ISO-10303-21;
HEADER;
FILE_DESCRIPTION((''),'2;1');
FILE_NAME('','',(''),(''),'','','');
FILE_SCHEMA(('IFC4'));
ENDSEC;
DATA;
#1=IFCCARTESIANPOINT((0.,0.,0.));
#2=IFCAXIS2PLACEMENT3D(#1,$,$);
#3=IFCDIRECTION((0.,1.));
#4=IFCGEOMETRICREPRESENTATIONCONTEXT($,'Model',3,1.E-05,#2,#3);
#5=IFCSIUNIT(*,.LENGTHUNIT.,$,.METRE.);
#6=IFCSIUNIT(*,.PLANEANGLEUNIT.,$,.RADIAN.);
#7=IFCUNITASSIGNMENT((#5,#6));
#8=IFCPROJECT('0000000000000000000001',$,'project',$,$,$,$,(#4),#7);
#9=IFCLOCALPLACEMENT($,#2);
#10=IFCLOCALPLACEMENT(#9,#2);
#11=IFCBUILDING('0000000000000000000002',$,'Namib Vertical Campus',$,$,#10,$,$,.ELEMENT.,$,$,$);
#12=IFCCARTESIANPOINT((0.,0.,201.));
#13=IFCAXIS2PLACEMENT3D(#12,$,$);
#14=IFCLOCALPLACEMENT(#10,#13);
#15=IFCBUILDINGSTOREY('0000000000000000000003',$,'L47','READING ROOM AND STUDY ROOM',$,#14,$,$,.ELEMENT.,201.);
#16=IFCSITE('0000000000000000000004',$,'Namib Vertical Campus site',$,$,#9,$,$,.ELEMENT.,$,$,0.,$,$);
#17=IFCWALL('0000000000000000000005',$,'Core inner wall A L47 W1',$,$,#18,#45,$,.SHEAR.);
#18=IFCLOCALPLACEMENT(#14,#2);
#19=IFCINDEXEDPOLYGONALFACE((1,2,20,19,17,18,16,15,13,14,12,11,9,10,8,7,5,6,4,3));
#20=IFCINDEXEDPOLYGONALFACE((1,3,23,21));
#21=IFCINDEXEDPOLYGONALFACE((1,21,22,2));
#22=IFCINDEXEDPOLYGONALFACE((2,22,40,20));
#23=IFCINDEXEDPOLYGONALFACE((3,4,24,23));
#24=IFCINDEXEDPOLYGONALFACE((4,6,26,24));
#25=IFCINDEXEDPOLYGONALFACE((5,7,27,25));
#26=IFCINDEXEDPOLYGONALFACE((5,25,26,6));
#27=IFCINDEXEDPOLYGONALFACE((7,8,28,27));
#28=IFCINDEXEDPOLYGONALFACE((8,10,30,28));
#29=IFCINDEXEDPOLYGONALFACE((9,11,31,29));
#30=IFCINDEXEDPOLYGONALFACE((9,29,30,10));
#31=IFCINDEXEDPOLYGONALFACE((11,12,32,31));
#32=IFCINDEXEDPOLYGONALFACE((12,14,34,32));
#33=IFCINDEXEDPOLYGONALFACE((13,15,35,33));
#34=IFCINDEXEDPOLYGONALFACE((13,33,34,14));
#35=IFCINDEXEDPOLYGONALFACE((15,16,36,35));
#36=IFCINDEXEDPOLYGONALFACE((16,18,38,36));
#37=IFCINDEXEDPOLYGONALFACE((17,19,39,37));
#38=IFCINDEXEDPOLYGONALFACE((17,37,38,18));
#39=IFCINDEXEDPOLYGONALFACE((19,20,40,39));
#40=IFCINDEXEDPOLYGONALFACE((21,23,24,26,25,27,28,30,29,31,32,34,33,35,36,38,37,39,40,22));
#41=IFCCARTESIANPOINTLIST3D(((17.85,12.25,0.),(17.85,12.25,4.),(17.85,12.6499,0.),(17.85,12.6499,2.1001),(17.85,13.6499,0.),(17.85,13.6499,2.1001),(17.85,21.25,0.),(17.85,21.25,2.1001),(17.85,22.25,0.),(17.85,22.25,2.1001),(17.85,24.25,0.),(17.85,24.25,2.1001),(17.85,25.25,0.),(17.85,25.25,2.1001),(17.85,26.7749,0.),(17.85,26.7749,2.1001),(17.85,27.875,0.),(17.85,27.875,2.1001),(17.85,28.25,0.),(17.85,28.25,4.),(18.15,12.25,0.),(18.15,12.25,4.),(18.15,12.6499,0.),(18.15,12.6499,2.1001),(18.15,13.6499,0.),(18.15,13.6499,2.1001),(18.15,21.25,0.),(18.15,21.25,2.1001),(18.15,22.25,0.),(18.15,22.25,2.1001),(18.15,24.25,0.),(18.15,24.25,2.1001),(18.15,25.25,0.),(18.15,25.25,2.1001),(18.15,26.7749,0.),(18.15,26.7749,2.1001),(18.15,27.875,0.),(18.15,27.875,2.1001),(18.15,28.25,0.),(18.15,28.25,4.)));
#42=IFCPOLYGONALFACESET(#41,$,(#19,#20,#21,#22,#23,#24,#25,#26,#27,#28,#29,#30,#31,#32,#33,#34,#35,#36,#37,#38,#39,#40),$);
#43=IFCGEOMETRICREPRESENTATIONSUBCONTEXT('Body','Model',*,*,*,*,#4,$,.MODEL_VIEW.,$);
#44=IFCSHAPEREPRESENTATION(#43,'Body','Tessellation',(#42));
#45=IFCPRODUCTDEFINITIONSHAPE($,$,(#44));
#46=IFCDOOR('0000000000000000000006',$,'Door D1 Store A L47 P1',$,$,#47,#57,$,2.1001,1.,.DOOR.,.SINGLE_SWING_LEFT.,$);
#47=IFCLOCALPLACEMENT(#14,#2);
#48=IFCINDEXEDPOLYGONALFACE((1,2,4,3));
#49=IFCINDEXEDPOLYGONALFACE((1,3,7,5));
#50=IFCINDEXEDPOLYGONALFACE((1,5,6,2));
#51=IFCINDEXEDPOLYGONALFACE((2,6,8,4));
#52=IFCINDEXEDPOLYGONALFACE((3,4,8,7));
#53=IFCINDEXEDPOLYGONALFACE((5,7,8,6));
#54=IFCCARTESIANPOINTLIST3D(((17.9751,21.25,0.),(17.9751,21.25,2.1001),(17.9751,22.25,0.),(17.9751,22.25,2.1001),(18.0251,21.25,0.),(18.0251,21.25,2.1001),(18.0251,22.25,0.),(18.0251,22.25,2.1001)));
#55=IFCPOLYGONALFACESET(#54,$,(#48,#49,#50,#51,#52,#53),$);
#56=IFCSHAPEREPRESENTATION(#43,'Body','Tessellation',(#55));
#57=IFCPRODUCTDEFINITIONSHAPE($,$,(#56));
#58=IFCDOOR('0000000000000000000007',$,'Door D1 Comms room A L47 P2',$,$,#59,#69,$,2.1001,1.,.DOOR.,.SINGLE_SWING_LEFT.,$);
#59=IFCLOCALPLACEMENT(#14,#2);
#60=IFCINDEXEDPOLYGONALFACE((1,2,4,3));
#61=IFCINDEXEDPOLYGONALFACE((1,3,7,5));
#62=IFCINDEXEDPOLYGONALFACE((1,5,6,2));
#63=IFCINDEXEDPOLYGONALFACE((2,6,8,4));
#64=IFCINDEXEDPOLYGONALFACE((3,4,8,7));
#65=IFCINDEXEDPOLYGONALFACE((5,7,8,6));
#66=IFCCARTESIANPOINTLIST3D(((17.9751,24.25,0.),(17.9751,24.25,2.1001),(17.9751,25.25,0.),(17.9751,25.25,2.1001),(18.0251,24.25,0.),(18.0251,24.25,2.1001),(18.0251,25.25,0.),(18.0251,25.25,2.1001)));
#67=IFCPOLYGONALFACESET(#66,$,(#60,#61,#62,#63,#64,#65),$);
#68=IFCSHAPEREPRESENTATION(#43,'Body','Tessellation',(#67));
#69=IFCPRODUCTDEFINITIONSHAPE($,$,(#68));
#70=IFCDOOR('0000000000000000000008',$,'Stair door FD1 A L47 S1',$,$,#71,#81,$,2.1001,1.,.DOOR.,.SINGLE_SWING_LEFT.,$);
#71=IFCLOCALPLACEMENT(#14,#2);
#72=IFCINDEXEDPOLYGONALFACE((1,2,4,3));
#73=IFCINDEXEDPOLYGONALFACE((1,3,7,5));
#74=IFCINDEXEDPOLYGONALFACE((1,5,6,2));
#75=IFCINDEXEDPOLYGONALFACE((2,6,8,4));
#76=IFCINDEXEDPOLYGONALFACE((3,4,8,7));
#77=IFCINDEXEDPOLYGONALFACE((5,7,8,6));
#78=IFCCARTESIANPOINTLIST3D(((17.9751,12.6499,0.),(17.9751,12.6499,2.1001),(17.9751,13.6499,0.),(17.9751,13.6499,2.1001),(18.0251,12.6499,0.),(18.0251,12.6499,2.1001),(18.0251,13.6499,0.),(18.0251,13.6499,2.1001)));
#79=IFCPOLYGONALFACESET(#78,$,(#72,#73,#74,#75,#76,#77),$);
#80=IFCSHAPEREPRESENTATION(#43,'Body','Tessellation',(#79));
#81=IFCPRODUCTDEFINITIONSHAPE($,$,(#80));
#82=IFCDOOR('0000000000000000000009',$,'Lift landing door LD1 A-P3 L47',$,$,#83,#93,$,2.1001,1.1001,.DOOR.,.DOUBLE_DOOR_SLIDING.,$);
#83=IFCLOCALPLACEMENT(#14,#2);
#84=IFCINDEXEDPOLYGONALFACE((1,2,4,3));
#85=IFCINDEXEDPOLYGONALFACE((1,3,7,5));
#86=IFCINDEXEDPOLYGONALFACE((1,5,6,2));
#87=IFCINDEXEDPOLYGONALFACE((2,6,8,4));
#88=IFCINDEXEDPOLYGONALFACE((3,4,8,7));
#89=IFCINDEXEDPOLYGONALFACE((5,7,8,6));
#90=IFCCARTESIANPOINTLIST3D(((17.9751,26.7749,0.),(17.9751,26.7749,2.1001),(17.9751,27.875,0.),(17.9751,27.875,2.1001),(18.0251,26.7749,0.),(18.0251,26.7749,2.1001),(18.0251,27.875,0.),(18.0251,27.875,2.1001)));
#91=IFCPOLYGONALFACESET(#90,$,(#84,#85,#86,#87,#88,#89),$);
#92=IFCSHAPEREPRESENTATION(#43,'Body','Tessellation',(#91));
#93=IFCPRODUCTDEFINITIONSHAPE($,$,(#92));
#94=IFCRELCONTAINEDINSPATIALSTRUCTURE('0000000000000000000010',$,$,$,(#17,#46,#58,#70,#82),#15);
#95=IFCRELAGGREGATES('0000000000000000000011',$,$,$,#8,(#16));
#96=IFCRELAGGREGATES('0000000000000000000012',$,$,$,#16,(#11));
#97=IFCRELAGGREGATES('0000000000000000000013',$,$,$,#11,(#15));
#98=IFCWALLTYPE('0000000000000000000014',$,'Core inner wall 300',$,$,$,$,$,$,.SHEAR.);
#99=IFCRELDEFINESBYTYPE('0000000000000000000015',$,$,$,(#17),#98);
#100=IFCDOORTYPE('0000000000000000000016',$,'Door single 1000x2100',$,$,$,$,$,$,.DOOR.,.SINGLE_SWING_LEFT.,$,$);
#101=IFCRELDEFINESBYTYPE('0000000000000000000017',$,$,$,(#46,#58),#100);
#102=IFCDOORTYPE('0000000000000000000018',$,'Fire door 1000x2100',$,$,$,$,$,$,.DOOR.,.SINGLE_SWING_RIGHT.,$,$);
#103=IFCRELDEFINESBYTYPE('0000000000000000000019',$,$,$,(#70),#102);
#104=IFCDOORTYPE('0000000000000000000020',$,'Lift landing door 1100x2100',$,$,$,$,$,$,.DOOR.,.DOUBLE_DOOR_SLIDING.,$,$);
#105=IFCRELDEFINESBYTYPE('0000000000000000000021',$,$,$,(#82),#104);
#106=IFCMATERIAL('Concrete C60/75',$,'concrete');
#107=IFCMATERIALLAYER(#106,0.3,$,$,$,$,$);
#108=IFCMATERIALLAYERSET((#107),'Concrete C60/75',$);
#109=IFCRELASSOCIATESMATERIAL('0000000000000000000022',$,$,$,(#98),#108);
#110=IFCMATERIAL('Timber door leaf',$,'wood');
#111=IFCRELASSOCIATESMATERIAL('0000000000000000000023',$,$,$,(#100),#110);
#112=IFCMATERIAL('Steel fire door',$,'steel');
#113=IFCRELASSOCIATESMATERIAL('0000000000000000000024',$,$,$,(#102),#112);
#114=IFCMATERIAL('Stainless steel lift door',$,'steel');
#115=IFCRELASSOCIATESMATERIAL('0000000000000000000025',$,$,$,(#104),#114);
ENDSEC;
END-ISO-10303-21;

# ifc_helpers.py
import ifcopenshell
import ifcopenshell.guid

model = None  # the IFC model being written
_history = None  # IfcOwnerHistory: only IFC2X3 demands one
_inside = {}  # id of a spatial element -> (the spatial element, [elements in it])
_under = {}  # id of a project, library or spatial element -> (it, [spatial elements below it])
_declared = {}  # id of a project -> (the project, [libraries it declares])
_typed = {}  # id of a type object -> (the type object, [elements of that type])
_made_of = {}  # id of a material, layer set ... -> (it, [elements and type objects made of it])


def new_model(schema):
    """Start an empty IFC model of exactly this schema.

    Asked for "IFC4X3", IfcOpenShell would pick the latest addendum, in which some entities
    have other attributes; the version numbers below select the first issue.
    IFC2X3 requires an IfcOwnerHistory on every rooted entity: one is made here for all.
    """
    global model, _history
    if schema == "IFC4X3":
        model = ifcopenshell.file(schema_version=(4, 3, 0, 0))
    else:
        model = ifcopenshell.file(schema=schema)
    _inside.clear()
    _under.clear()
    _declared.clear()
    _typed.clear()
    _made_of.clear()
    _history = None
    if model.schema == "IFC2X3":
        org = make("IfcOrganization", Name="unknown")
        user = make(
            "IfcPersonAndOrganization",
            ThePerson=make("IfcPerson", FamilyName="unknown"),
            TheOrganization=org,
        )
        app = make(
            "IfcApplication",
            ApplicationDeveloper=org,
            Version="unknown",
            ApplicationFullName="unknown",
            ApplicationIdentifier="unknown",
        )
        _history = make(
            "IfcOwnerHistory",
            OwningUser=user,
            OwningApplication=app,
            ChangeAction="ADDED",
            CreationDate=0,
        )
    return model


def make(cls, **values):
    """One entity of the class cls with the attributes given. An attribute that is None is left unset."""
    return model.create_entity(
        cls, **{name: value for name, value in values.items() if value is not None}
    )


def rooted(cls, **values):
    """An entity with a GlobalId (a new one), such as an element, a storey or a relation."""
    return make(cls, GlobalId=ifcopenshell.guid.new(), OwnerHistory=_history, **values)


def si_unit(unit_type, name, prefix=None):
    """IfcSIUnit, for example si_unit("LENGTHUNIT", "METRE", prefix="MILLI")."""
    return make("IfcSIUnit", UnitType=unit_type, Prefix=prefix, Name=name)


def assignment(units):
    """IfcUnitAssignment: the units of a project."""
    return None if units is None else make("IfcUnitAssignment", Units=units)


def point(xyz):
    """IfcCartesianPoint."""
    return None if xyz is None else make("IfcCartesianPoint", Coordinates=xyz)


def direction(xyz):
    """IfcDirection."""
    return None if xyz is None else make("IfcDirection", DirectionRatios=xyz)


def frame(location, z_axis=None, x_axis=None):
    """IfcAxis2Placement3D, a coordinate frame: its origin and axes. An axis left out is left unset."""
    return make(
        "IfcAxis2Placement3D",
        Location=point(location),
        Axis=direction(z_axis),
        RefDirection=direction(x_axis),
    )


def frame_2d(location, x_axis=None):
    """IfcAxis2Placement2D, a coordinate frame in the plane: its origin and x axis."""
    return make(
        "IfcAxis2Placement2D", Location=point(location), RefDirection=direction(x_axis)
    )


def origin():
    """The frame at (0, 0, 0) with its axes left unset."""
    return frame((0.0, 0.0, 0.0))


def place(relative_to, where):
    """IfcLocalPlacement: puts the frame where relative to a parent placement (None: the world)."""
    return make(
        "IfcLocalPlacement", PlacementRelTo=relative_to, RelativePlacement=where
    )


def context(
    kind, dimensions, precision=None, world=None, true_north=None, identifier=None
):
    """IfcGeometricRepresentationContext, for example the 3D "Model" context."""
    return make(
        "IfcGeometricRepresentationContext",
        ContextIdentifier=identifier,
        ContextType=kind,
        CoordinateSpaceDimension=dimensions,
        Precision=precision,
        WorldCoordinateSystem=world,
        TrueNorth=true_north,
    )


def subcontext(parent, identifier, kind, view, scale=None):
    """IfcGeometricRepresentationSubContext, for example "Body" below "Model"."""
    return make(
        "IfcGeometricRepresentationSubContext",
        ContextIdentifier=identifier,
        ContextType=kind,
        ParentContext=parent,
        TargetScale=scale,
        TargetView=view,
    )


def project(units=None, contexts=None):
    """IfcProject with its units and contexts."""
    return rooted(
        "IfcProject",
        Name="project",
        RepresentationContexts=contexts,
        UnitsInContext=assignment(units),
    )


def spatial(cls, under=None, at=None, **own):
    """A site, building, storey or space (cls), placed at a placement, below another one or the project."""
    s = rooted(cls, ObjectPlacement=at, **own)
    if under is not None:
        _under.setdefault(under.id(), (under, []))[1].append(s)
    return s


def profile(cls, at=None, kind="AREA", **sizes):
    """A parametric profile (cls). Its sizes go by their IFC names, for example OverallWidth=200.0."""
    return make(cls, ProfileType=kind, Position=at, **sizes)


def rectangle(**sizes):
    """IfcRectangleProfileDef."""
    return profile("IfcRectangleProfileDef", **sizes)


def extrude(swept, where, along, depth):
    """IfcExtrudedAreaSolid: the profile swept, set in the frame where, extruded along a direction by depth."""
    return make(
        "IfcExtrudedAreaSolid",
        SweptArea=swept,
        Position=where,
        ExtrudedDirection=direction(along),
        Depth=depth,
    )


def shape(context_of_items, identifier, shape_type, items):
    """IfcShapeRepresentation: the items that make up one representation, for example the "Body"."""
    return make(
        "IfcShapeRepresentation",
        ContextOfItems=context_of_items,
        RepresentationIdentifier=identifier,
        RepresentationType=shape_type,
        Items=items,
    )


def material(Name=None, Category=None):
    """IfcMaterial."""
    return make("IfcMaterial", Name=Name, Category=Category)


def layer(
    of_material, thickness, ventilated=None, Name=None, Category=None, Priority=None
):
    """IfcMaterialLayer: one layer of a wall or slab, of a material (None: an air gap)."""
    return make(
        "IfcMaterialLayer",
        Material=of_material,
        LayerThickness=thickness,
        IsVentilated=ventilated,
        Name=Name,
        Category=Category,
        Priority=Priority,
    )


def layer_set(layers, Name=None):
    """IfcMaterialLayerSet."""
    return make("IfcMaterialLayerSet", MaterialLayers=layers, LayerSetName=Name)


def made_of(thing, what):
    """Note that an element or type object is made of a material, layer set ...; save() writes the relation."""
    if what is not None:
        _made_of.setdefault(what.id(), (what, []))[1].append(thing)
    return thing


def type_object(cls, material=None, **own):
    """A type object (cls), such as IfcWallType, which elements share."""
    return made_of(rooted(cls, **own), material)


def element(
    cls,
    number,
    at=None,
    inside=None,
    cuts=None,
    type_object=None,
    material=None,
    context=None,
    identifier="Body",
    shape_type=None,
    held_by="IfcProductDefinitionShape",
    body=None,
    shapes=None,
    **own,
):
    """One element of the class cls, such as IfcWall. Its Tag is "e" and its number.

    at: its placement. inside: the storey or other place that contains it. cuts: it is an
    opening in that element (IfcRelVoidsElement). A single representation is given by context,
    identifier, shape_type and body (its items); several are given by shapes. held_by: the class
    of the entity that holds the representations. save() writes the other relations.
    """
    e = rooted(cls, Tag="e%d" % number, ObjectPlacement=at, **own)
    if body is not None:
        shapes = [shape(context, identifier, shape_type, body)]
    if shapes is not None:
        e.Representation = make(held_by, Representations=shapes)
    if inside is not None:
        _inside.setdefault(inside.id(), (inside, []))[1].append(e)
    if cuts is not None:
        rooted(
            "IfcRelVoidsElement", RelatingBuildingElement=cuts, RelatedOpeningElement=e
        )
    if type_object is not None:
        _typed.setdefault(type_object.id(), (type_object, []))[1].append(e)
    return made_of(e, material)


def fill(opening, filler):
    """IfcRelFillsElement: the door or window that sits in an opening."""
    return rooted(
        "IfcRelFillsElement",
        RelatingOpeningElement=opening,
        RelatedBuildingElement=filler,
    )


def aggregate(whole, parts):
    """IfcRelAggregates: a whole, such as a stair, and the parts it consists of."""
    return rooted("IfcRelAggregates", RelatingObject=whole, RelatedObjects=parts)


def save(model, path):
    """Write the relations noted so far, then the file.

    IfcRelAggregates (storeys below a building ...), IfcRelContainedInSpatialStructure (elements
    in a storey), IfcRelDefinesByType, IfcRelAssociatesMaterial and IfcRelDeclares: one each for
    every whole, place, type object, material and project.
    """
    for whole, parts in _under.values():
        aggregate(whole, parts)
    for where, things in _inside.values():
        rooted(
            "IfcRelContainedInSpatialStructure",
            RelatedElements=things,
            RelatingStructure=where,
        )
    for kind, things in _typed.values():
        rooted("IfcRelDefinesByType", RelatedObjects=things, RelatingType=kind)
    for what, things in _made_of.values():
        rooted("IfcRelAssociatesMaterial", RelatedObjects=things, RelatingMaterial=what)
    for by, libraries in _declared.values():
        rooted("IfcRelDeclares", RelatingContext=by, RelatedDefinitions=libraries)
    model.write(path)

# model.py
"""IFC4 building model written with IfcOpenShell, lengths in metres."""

from ifc_helpers import new_model, si_unit, direction, frame, frame_2d, origin, place, context, subcontext, project, spatial, rectangle, extrude, material, layer, layer_set, type_object, element, fill, save


model = new_model("IFC4")

# Units and contexts
model_context = context("Model", 3, precision=1e-05, world=origin(), true_north=direction((0.0, 1.0)))
body_context = subcontext(model_context, "Body", "Model", "MODEL_VIEW")
ifc_project = project(units=[si_unit("LENGTHUNIT", "METRE"), si_unit("PLANEANGLEUNIT", "RADIAN")], contexts=[model_context])

# Site, building, storey
site_placement = place(None, origin())
site = spatial("IfcSite", under=ifc_project, at=site_placement, Name="Namib Vertical Campus site", CompositionType="ELEMENT", RefElevation=0.0)
building_placement = place(site_placement, origin())
building = spatial("IfcBuilding", under=site, at=building_placement, Name="Namib Vertical Campus", CompositionType="ELEMENT")
storey_placement = place(building_placement, frame((0.0, 0.0, 201.0)))
storey = spatial("IfcBuildingStorey", under=building, at=storey_placement, Name="L47", Description="READING ROOM AND STUDY ROOM", CompositionType="ELEMENT", Elevation=201.0)

# Wall, openings, doors
ifc_material_1 = material(Name="Concrete C60/75", Category="concrete")
ifc_layer_1 = layer(ifc_material_1, 0.3)
ifc_layer_set_1 = layer_set([ifc_layer_1], Name="Concrete C60/75")
wall_type_1 = type_object("IfcWallType", Name="Core inner wall 300", PredefinedType="SHEAR", material=ifc_layer_set_1)
wall_1_placement = place(storey_placement, frame((18.0, 12.25, 0.0), z_axis=(0.0, 0.0, 1.0), x_axis=(0.0, 1.0, 0.0)))
wall_1 = element("IfcWall", 1, at=wall_1_placement, inside=storey, type_object=wall_type_1, Name="Core inner wall A L47 W1", PredefinedType="SHEAR", context=body_context, shape_type="SweptSolid", body=[
    extrude(rectangle(XDim=16.0, YDim=0.3, at=frame_2d((8.0, 0.0))), origin(), (0.0, 0.0, 1.0), 4.0),
])
opening_1_placement = place(wall_1_placement, frame((0.3999, 0.0, 0.0)))
opening_1 = element("IfcOpeningElement", 2, at=opening_1_placement, cuts=wall_1, PredefinedType="OPENING", context=body_context, shape_type="SweptSolid", body=[
    extrude(rectangle(XDim=1.0, YDim=2.1001, at=frame_2d((0.5, 1.05))), frame((0.0, 0.1599, 0.0), z_axis=(0.0, -1.0, 0.0), x_axis=(1.0, 0.0, 0.0)), (0.0, 0.0, 1.0), 0.3201),
])
opening_2_placement = place(wall_1_placement, frame((14.5249, 0.0, 0.0)))
opening_2 = element("IfcOpeningElement", 3, at=opening_2_placement, cuts=wall_1, PredefinedType="OPENING", context=body_context, shape_type="SweptSolid", body=[
    extrude(rectangle(XDim=1.1001, YDim=2.1001, at=frame_2d((0.55, 1.05))), frame((0.0, 0.1599, 0.0), z_axis=(0.0, -1.0, 0.0), x_axis=(1.0, 0.0, 0.0)), (0.0, 0.0, 1.0), 0.3201),
])
opening_3_placement = place(wall_1_placement, frame((9.0, 0.0, 0.0)))
opening_3 = element("IfcOpeningElement", 4, at=opening_3_placement, cuts=wall_1, PredefinedType="OPENING", context=body_context, shape_type="SweptSolid", body=[
    extrude(rectangle(XDim=1.0, YDim=2.1001, at=frame_2d((0.5, 1.05))), frame((0.0, 0.1599, 0.0), z_axis=(0.0, -1.0, 0.0), x_axis=(1.0, 0.0, 0.0)), (0.0, 0.0, 1.0), 0.3201),
])
opening_4_placement = place(wall_1_placement, frame((12.0, 0.0, 0.0)))
opening_4 = element("IfcOpeningElement", 5, at=opening_4_placement, cuts=wall_1, PredefinedType="OPENING", context=body_context, shape_type="SweptSolid", body=[
    extrude(rectangle(XDim=1.0, YDim=2.1001, at=frame_2d((0.5, 1.05))), frame((0.0, 0.1599, 0.0), z_axis=(0.0, -1.0, 0.0), x_axis=(1.0, 0.0, 0.0)), (0.0, 0.0, 1.0), 0.3201),
])
ifc_material_2 = material(Name="Timber door leaf", Category="wood")
door_type_1 = type_object("IfcDoorType", Name="Door single 1000x2100", OperationType="SINGLE_SWING_LEFT", PredefinedType="DOOR", material=ifc_material_2)
door_1_placement = place(opening_3_placement, origin())
door_1 = element("IfcDoor", 6, at=door_1_placement, inside=storey, type_object=door_type_1, Name="Door D1 Store A L47 P1", OperationType="SINGLE_SWING_LEFT", OverallHeight=2.1001, OverallWidth=1.0, PredefinedType="DOOR", context=body_context, shape_type="SweptSolid", body=[
    extrude(rectangle(XDim=1.0, YDim=2.1001, at=frame_2d((0.5, 1.05))), frame((0.0, 0.0249, 0.0), z_axis=(0.0, -1.0, 0.0), x_axis=(1.0, 0.0, 0.0)), (0.0, 0.0, 1.0), 0.05),
])
fill(opening_3, door_1)
door_2_placement = place(opening_4_placement, origin())
door_2 = element("IfcDoor", 7, at=door_2_placement, inside=storey, type_object=door_type_1, Name="Door D1 Comms room A L47 P2", OperationType="SINGLE_SWING_LEFT", OverallHeight=2.1001, OverallWidth=1.0, PredefinedType="DOOR", context=body_context, shape_type="SweptSolid", body=[
    extrude(rectangle(XDim=1.0, YDim=2.1001, at=frame_2d((0.5, 1.05))), frame((0.0, 0.0249, 0.0), z_axis=(0.0, -1.0, 0.0), x_axis=(1.0, 0.0, 0.0)), (0.0, 0.0, 1.0), 0.05),
])
fill(opening_4, door_2)
ifc_material_3 = material(Name="Steel fire door", Category="steel")
door_type_2 = type_object("IfcDoorType", Name="Fire door 1000x2100", OperationType="SINGLE_SWING_RIGHT", PredefinedType="DOOR", material=ifc_material_3)
door_3_placement = place(opening_1_placement, origin())
door_3 = element("IfcDoor", 8, at=door_3_placement, inside=storey, type_object=door_type_2, Name="Stair door FD1 A L47 S1", OperationType="SINGLE_SWING_LEFT", OverallHeight=2.1001, OverallWidth=1.0, PredefinedType="DOOR", context=body_context, shape_type="SweptSolid", body=[
    extrude(rectangle(XDim=1.0, YDim=2.1001, at=frame_2d((0.5, 1.05))), frame((0.0, 0.0249, 0.0), z_axis=(0.0, -1.0, 0.0), x_axis=(1.0, 0.0, 0.0)), (0.0, 0.0, 1.0), 0.05),
])
fill(opening_1, door_3)
ifc_material_4 = material(Name="Stainless steel lift door", Category="steel")
door_type_3 = type_object("IfcDoorType", Name="Lift landing door 1100x2100", OperationType="DOUBLE_DOOR_SLIDING", PredefinedType="DOOR", material=ifc_material_4)
door_4_placement = place(opening_2_placement, origin())
door_4 = element("IfcDoor", 9, at=door_4_placement, inside=storey, type_object=door_type_3, Name="Lift landing door LD1 A-P3 L47", OperationType="DOUBLE_DOOR_SLIDING", OverallHeight=2.1001, OverallWidth=1.1001, PredefinedType="DOOR", context=body_context, shape_type="SweptSolid", body=[
    extrude(rectangle(XDim=1.1001, YDim=2.1001, at=frame_2d((0.55, 1.05))), frame((0.0, 0.0249, 0.0), z_axis=(0.0, -1.0, 0.0), x_axis=(1.0, 0.0, 0.0)), (0.0, 0.0, 1.0), 0.05),
])
fill(opening_2, door_4)

save(model, "model.ifc")
